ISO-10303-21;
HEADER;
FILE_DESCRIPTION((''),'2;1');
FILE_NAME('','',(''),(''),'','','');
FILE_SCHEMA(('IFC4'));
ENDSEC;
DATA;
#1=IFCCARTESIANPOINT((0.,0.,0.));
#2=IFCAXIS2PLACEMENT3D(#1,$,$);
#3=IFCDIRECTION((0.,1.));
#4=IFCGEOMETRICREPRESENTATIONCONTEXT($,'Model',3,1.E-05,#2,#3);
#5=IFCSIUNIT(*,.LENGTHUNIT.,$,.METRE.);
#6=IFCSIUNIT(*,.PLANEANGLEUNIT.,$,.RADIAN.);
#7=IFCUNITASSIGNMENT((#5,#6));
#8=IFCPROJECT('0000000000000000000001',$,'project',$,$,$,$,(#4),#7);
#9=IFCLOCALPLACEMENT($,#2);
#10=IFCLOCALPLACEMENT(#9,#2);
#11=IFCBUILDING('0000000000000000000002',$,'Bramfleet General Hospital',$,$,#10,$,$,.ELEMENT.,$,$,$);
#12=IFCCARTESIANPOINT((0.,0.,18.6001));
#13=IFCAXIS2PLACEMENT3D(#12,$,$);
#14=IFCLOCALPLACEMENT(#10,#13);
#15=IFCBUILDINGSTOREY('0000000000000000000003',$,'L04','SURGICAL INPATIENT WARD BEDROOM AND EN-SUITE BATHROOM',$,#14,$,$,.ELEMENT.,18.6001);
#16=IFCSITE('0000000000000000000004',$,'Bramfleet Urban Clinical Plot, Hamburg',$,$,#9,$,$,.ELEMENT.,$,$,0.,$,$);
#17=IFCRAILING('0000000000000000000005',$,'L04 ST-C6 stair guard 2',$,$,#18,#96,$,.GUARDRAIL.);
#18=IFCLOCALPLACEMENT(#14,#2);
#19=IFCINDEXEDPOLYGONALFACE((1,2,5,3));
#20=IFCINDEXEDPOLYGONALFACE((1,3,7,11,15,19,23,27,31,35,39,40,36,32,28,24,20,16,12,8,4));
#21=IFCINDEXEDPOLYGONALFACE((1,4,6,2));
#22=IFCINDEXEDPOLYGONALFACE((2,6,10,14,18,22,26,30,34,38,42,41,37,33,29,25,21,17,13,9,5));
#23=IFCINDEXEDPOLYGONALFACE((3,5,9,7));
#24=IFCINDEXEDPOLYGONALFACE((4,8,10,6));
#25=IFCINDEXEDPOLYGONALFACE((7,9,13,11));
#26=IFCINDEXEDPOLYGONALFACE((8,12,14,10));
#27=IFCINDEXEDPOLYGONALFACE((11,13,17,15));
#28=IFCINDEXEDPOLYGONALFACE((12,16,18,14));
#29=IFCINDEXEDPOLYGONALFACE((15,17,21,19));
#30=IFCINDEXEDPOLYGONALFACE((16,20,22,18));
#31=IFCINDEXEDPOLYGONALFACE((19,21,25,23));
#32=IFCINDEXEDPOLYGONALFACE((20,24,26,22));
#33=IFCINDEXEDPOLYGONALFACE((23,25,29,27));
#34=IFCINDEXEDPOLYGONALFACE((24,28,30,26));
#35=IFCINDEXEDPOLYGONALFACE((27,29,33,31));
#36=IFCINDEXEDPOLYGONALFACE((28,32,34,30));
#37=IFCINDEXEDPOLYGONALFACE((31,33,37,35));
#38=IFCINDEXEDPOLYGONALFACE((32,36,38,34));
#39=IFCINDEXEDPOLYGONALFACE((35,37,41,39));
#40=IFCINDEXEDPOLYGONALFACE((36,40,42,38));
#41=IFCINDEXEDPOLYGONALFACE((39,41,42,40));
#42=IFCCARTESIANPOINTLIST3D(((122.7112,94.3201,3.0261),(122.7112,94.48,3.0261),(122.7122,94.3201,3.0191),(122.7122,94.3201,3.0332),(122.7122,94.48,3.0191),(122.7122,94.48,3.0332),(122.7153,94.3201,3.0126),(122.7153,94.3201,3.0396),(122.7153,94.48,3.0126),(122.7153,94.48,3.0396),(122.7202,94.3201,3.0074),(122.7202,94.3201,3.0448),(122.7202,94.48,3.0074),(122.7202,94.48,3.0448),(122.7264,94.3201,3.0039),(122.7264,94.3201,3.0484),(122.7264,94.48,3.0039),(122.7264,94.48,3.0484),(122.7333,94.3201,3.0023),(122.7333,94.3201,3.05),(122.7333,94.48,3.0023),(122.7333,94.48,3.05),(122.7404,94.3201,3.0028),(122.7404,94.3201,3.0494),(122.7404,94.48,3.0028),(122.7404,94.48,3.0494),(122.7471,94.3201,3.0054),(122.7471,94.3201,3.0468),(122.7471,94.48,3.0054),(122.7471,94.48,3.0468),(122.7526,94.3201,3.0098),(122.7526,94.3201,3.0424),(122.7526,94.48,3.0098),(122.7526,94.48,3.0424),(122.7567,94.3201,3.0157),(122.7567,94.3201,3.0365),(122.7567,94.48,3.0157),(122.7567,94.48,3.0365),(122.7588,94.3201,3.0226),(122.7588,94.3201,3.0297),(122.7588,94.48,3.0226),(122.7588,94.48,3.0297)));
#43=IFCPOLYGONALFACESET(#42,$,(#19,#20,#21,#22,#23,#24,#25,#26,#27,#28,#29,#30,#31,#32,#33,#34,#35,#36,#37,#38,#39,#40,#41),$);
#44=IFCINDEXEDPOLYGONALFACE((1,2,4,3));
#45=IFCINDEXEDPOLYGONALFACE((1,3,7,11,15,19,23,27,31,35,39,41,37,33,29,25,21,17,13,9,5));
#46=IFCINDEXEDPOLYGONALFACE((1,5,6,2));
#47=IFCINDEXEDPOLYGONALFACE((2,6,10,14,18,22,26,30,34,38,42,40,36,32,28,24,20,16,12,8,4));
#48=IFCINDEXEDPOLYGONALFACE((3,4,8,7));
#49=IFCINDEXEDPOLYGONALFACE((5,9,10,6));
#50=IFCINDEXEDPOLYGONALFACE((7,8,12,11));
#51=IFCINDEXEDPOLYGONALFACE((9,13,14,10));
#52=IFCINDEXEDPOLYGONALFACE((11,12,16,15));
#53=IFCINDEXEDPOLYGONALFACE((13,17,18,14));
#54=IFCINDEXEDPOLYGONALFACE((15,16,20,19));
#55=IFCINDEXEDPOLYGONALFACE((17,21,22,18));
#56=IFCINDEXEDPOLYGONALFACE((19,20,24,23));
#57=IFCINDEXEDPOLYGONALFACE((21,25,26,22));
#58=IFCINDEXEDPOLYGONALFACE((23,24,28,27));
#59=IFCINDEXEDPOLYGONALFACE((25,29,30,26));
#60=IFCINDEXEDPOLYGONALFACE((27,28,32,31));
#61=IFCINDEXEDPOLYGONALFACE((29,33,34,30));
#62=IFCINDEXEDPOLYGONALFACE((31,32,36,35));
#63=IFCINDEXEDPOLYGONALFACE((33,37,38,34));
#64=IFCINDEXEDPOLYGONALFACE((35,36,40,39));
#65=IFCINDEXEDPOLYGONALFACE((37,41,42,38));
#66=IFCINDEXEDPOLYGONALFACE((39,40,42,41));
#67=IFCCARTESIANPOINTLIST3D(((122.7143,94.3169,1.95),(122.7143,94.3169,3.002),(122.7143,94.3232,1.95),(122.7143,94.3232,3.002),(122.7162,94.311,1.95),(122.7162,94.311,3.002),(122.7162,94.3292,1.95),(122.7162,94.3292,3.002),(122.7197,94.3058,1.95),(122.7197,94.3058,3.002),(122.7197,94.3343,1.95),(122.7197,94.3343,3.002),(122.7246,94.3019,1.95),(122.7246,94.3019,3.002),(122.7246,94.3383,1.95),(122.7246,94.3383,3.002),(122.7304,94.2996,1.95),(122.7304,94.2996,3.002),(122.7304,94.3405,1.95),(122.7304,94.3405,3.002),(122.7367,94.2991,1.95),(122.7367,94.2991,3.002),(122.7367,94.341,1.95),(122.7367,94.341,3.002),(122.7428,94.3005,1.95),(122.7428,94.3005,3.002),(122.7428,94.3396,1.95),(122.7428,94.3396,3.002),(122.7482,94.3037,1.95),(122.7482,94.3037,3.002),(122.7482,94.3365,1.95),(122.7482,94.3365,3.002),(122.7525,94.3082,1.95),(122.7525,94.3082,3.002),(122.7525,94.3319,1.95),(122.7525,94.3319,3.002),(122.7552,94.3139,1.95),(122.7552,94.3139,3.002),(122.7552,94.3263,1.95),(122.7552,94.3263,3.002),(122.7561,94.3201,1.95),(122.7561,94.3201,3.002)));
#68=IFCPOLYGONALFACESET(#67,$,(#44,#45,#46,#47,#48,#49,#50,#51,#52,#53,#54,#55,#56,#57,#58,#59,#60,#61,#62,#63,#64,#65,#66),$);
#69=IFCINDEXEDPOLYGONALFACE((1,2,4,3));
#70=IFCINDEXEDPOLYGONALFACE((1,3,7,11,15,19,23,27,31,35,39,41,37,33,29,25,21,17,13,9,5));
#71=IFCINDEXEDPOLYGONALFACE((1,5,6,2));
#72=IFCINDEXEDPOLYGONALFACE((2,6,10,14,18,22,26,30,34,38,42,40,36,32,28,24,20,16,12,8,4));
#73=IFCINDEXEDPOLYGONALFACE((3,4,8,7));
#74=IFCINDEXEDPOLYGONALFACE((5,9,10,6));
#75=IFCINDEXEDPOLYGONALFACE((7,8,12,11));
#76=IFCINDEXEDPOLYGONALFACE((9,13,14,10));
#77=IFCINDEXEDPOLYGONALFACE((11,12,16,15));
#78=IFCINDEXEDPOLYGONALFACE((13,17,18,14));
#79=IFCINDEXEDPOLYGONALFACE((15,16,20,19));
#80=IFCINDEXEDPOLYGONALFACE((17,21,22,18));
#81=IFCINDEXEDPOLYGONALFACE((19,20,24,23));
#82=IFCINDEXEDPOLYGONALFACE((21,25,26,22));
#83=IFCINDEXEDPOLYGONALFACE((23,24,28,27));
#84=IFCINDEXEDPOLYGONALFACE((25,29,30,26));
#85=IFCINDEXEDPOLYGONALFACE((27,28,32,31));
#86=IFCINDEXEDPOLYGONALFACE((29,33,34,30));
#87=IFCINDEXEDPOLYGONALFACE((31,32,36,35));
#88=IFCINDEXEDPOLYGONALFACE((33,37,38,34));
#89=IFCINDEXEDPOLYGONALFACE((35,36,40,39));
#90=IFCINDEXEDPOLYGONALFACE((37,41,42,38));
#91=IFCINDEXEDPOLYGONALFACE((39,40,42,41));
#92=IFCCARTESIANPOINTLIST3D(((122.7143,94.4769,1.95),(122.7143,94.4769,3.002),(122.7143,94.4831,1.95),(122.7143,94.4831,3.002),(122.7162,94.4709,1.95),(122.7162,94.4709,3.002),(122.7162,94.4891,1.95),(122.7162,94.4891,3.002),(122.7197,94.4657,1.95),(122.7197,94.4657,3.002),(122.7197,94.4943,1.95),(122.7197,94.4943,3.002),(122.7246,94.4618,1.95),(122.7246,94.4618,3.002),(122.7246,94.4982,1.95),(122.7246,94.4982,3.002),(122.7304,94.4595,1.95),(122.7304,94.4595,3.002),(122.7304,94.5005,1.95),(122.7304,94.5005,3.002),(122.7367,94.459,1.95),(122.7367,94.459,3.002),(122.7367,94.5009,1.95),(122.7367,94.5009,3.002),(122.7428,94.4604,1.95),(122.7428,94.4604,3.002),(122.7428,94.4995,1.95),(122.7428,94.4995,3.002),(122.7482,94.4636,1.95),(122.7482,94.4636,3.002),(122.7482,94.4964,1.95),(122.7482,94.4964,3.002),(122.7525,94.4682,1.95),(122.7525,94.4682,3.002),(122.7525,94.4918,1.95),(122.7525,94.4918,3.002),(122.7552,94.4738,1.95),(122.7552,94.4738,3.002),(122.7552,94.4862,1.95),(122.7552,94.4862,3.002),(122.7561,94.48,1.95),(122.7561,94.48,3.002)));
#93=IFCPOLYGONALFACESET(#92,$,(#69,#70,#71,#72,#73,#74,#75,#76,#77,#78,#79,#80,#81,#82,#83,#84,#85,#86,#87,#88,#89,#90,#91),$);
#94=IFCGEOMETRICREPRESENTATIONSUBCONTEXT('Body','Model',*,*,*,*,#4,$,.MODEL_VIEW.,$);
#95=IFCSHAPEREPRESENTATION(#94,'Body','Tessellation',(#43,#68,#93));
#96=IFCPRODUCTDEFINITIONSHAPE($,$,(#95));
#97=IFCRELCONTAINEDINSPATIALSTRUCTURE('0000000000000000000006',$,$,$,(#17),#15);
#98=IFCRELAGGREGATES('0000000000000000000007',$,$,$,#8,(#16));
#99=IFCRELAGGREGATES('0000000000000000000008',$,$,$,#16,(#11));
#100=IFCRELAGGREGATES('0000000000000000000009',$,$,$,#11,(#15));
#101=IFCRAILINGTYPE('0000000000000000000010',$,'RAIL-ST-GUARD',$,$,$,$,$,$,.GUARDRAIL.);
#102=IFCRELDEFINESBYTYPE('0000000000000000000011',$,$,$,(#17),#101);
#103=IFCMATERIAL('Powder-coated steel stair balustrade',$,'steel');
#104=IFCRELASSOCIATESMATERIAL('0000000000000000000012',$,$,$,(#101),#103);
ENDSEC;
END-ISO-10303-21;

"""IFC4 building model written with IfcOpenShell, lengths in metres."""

from ifc_helpers import new_model, si_unit, direction, frame, origin, origin_2d, place, context, subcontext, project, spatial, circle, extrude, material, type_object, element, save


model = new_model("IFC4")

# Units and contexts
model_context = context("Model", 3, precision=1e-05, world=origin(), true_north=direction((0.0, 1.0)))
body_context = subcontext(model_context, "Body", "Model", "MODEL_VIEW")
ifc_project = project(units=[si_unit("LENGTHUNIT", "METRE"), si_unit("PLANEANGLEUNIT", "RADIAN")], contexts=[model_context])

# Site, building, storey
site_placement = place(None, origin())
site = spatial("IfcSite", under=ifc_project, at=site_placement, Name="Bramfleet Urban Clinical Plot, Hamburg", CompositionType="ELEMENT", RefElevation=0.0)
building_placement = place(site_placement, origin())
building = spatial("IfcBuilding", under=site, at=building_placement, Name="Bramfleet General Hospital", CompositionType="ELEMENT")
storey_placement = place(building_placement, frame((0.0, 0.0, 18.6001)))
storey = spatial("IfcBuildingStorey", under=building, at=storey_placement, Name="L04", Description="SURGICAL INPATIENT WARD BEDROOM AND EN-SUITE BATHROOM", CompositionType="ELEMENT", Elevation=18.6001)

# Railing
ifc_material_1 = material(Name="Powder-coated steel stair balustrade", Category="steel")
railing_type_1 = type_object("IfcRailingType", Name="RAIL-ST-GUARD", PredefinedType="GUARDRAIL", material=ifc_material_1)
railing_1_placement = place(storey_placement, frame((122.7351, 94.3201, 1.95)))
element("IfcRailing", 1, at=railing_1_placement, inside=storey, type_object=railing_type_1, Name="L04 ST-C6 stair guard 2", PredefinedType="GUARDRAIL", context=body_context, shape_type="SweptSolid", body=[
    extrude(circle(Radius=0.0239, at=origin_2d()), frame((0.0, 0.0, 1.0762), z_axis=(0.0, 1.0, 0.0), x_axis=(-1.0, 0.0, 0.0)), (0.0, 0.0, 1.0), 0.1599),
    extrude(circle(Radius=0.021, at=origin_2d()), origin(), (0.0, 0.0, 1.0), 1.052),
    extrude(circle(Radius=0.021, at=origin_2d()), frame((0.0, 0.1599, 0.0)), (0.0, 0.0, 1.0), 1.052),
])

save(model, "model.ifc")
